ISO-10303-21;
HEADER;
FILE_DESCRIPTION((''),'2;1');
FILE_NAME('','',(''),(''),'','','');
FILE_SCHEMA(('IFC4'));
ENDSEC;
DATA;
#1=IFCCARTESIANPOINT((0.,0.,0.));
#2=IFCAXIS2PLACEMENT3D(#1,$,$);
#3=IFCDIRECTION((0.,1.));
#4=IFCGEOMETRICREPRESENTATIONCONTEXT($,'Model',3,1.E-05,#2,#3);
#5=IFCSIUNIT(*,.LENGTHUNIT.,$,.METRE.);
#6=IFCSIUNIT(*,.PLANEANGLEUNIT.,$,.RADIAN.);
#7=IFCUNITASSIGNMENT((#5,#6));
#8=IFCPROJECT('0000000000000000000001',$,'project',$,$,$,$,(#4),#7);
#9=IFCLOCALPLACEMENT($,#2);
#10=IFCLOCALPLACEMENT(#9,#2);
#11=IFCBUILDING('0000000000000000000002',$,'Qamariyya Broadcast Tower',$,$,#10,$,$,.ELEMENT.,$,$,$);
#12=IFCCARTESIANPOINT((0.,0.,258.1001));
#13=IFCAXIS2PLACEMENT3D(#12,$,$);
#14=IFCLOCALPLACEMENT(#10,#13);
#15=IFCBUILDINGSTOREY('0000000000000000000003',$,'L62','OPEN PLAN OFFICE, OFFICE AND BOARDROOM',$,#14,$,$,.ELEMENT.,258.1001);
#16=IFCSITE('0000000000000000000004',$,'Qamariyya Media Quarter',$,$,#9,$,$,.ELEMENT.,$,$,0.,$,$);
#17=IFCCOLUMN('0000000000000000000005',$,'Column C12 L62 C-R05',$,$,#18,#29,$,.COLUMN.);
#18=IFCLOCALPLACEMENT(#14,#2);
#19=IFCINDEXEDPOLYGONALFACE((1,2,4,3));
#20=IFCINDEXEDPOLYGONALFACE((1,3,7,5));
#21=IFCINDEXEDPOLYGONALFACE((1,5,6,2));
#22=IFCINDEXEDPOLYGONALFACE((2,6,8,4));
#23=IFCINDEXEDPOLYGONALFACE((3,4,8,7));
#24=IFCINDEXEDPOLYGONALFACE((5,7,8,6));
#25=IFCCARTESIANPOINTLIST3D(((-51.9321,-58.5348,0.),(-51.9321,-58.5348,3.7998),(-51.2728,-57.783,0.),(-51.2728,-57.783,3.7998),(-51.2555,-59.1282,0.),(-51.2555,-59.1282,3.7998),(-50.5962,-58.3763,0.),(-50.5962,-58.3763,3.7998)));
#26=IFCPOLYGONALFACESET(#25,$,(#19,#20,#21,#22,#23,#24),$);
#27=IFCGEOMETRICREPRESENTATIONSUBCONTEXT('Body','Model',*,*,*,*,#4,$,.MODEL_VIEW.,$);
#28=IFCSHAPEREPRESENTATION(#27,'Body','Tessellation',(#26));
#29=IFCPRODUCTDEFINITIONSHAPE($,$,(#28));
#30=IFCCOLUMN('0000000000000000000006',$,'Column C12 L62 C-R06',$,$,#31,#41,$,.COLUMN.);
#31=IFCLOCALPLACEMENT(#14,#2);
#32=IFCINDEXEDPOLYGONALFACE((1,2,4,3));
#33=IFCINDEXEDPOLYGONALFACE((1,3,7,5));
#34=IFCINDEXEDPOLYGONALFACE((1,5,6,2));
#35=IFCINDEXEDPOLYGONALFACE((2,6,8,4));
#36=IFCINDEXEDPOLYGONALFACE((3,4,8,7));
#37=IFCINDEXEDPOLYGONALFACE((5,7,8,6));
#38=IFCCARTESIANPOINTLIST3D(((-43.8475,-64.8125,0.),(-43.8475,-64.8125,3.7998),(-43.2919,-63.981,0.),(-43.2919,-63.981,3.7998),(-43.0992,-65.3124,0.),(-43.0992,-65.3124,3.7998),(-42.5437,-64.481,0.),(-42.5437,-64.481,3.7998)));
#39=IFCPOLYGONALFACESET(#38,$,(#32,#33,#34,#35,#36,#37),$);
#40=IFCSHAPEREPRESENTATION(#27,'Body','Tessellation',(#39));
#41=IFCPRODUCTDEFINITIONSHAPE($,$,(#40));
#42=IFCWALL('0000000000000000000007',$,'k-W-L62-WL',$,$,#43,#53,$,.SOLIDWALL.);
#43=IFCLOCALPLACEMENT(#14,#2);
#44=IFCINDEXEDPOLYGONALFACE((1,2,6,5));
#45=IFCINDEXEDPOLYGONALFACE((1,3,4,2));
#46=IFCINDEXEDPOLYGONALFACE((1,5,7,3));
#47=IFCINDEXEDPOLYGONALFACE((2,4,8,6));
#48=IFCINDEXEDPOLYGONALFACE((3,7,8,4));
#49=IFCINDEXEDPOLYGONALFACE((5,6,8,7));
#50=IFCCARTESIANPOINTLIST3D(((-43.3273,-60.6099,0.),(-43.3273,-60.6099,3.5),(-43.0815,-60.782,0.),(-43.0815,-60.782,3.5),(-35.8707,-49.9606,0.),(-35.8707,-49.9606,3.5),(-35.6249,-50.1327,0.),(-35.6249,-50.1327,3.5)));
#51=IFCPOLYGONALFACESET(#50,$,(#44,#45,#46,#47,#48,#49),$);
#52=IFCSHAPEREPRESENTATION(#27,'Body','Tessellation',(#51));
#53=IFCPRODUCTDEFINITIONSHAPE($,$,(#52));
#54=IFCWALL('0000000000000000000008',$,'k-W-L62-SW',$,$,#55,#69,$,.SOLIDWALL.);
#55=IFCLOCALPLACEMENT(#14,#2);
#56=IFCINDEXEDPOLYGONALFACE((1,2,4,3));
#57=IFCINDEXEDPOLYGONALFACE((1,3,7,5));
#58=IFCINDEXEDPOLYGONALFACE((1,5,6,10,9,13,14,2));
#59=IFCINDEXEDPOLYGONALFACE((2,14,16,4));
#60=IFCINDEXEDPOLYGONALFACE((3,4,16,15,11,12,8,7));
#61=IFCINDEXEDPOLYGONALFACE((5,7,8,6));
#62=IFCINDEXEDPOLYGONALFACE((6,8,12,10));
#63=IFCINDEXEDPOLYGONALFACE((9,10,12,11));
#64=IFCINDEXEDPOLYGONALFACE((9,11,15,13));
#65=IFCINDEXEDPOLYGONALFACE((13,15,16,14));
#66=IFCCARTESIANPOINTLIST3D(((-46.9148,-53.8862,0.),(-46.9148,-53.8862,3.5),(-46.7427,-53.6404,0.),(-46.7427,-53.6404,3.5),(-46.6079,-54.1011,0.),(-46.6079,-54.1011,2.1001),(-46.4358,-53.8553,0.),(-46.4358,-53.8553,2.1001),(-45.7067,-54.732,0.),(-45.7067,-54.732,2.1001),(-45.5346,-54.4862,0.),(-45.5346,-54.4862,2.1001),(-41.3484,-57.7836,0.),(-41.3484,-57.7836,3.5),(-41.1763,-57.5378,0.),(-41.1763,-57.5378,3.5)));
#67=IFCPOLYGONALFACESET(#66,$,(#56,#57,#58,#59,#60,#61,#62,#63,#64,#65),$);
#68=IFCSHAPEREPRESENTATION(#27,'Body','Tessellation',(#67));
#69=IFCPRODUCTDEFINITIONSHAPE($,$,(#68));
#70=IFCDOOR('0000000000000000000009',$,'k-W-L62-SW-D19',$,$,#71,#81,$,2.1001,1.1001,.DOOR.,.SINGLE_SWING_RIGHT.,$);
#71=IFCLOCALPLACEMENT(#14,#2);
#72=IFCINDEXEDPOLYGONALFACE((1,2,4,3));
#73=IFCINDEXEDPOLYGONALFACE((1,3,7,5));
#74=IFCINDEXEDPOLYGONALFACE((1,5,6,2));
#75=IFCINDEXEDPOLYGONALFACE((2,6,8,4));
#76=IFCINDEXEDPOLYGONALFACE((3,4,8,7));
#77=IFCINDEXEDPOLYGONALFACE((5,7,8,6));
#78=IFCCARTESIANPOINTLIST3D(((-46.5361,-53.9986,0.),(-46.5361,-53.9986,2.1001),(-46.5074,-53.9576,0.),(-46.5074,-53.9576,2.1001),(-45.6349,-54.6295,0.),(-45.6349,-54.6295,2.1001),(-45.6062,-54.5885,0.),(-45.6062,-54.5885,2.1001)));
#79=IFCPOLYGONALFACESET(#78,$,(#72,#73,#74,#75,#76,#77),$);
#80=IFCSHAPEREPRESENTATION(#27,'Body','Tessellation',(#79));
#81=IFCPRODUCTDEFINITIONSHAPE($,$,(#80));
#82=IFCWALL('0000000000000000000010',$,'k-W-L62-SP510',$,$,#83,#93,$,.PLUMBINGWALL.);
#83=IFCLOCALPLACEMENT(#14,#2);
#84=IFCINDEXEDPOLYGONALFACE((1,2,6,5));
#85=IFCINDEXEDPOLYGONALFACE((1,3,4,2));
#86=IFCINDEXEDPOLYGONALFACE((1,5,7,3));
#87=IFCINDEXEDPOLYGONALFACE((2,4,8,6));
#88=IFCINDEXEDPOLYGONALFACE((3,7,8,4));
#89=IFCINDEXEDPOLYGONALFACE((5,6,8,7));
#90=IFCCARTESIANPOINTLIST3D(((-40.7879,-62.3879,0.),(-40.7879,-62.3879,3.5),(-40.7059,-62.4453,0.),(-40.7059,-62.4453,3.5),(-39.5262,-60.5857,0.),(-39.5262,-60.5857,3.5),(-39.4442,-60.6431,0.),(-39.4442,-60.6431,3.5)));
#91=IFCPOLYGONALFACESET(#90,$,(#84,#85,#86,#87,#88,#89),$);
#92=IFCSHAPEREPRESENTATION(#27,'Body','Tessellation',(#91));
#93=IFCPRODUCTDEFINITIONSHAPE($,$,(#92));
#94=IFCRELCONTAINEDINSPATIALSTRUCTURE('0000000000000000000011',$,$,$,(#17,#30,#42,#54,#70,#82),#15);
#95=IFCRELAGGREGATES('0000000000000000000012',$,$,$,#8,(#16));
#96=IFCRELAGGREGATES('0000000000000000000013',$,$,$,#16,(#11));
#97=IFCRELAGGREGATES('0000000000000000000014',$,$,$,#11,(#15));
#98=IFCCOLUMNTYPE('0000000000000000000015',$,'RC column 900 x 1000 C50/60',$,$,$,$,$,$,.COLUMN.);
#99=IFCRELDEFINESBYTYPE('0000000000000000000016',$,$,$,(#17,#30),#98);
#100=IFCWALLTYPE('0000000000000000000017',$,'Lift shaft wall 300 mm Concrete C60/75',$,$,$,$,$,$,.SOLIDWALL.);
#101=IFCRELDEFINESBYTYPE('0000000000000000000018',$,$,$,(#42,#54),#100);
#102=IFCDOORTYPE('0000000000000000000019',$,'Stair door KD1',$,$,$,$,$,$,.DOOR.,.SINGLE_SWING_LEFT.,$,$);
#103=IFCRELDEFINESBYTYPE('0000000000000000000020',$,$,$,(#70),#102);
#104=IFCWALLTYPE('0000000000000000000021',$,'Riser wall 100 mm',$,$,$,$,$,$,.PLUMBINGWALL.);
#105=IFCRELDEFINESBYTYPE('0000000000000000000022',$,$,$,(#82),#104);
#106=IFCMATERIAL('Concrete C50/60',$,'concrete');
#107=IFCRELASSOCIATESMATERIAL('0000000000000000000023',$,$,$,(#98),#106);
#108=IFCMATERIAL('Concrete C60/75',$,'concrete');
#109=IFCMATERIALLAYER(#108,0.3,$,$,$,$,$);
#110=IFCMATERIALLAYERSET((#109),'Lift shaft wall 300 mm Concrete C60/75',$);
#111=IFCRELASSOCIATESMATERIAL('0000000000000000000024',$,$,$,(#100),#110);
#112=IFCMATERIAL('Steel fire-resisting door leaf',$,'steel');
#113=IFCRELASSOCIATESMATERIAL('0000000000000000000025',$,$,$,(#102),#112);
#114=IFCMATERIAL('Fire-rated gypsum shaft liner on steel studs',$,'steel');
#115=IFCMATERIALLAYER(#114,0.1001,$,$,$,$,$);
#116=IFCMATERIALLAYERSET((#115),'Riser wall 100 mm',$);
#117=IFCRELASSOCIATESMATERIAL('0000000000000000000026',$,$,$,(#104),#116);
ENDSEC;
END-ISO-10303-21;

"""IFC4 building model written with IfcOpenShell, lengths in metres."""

from ifc_helpers import new_model, si_unit, direction, frame, frame_2d, origin, origin_2d, place, context, subcontext, project, spatial, rectangle, extrude, material, layer, layer_set, material_profile, profile_set, type_object, element, fill, save


model = new_model("IFC4")

# Units and contexts
model_context = context("Model", 3, precision=1e-05, world=origin(), true_north=direction((0.0, 1.0)))
body_context = subcontext(model_context, "Body", "Model", "MODEL_VIEW")
ifc_project = project(units=[si_unit("LENGTHUNIT", "METRE"), si_unit("PLANEANGLEUNIT", "RADIAN")], contexts=[model_context])

# Site, building, storey
site_placement = place(None, origin())
site = spatial("IfcSite", under=ifc_project, at=site_placement, Name="Qamariyya Media Quarter", CompositionType="ELEMENT", RefElevation=0.0)
building_placement = place(site_placement, origin())
building = spatial("IfcBuilding", under=site, at=building_placement, Name="Qamariyya Broadcast Tower", CompositionType="ELEMENT")
storey_placement = place(building_placement, frame((0.0, 0.0, 258.1001)))
storey = spatial("IfcBuildingStorey", under=building, at=storey_placement, Name="L62", Description="OPEN PLAN OFFICE, OFFICE AND BOARDROOM", CompositionType="ELEMENT", Elevation=258.1001)

# Columns
ifc_material_1 = material(Name="Concrete C50/60", Category="concrete")
ifc_material_profile_1 = material_profile(ifc_material_1, rectangle(XDim=0.8999, YDim=1.0, at=origin_2d()))
ifc_profile_set_1 = profile_set([ifc_material_profile_1], Name="Concrete C50/60")
column_type = type_object("IfcColumnType", Name="RC column 900 x 1000 C50/60", PredefinedType="COLUMN", material=ifc_profile_set_1)
for number, where, z_axis, x_axis, name in (
    (1, (-51.2642, -58.4556, 0.0), (0.0, 0.0, 1.0), (0.75184, -0.659346, 0.0), "Column C12 L62 C-R05"),
    (2, (-43.1956, -64.6467, 0.0), (0.0, 0.0, 1.0), (0.83147, -0.55557, 0.0), "Column C12 L62 C-R06"),
):
    element("IfcColumn", number, at=place(storey_placement, frame(where, z_axis=z_axis, x_axis=x_axis)), inside=storey, type_object=column_type, Name=name, PredefinedType="COLUMN", context=body_context, shape_type="SweptSolid", body=[
        extrude(rectangle(XDim=0.8999, YDim=1.0, at=origin_2d()), origin(), (0.0, 0.0, 1.0), 3.7998),
    ])

# Wall
ifc_material_2 = material(Name="Concrete C60/75", Category="concrete")
ifc_layer_1 = layer(ifc_material_2, 0.3)
ifc_layer_set_1 = layer_set([ifc_layer_1], Name="Lift shaft wall 300 mm Concrete C60/75")
wall_type_1 = type_object("IfcWallType", Name="Lift shaft wall 300 mm Concrete C60/75", PredefinedType="SOLIDWALL", material=ifc_layer_set_1)
wall_1_placement = place(storey_placement, frame((-43.2043, -60.6958, 0.0), z_axis=(0.0, 0.0, 1.0), x_axis=(0.573572, 0.819155, 0.0)))
element("IfcWall", 3, at=wall_1_placement, inside=storey, type_object=wall_type_1, Name="k-W-L62-WL", PredefinedType="SOLIDWALL", context=body_context, shape_type="SweptSolid", body=[
    extrude(rectangle(XDim=13.0002, YDim=0.3, at=frame_2d((6.5, 0.0))), origin(), (0.0, 0.0, 1.0), 3.5),
])

# Wall, opening, door
wall_2_placement = place(storey_placement, frame((-41.2625, -57.6606, 0.0), z_axis=(0.0, 0.0, 1.0), x_axis=(-0.819164, 0.573559, 0.0)))
wall_2 = element("IfcWall", 4, at=wall_2_placement, inside=storey, type_object=wall_type_1, Name="k-W-L62-SW", PredefinedType="SOLIDWALL", context=body_context, shape_type="SweptSolid", body=[
    extrude(rectangle(XDim=6.7952, YDim=0.3, at=frame_2d((3.3975, 0.0))), origin(), (0.0, 0.0, 1.0), 3.5),
])
opening_placement = place(wall_2_placement, frame((5.3203, 0.0, 0.0)))
opening = element("IfcOpeningElement", 5, at=opening_placement, cuts=wall_2, PredefinedType="OPENING", context=body_context, shape_type="SweptSolid", body=[
    extrude(rectangle(XDim=1.1001, YDim=2.1001, at=frame_2d((0.55, 1.05))), frame((0.0, 0.1599, 0.0), z_axis=(0.0, -1.0, 0.0), x_axis=(1.0, 0.0, 0.0)), (0.0, 0.0, 1.0), 0.3201),
])
ifc_material_3 = material(Name="Steel fire-resisting door leaf", Category="steel")
door_type = type_object("IfcDoorType", Name="Stair door KD1", OperationType="SINGLE_SWING_LEFT", PredefinedType="DOOR", material=ifc_material_3)
door_placement = place(opening_placement, origin())
door = element("IfcDoor", 6, at=door_placement, inside=storey, type_object=door_type, Name="k-W-L62-SW-D19", OperationType="SINGLE_SWING_RIGHT", OverallHeight=2.1001, OverallWidth=1.1001, PredefinedType="DOOR", context=body_context, shape_type="SweptSolid", body=[
    extrude(rectangle(XDim=1.1001, YDim=2.1001, at=frame_2d((0.55, 1.05))), frame((0.0, 0.0249, 0.0), z_axis=(0.0, -1.0, 0.0), x_axis=(1.0, 0.0, 0.0)), (0.0, 0.0, 1.0), 0.05),
])
fill(opening, door)

# Wall
ifc_material_4 = material(Name="Fire-rated gypsum shaft liner on steel studs", Category="steel")
ifc_layer_2 = layer(ifc_material_4, 0.1001)
ifc_layer_set_2 = layer_set([ifc_layer_2], Name="Riser wall 100 mm")
wall_type_2 = type_object("IfcWallType", Name="Riser wall 100 mm", PredefinedType="PLUMBINGWALL", material=ifc_layer_set_2)
wall_3_placement = place(storey_placement, frame((-39.4851, -60.6143, 0.0), z_axis=(0.0, 0.0, 1.0), x_axis=(-0.573507, -0.819201, 0.0)))
element("IfcWall", 7, at=wall_3_placement, inside=storey, type_object=wall_type_2, Name="k-W-L62-SP510", PredefinedType="PLUMBINGWALL", context=body_context, shape_type="SweptSolid", body=[
    extrude(rectangle(XDim=2.2, YDim=0.1001, at=frame_2d((1.1001, 0.0))), origin(), (0.0, 0.0, 1.0), 3.5),
])

save(model, "model.ifc")
